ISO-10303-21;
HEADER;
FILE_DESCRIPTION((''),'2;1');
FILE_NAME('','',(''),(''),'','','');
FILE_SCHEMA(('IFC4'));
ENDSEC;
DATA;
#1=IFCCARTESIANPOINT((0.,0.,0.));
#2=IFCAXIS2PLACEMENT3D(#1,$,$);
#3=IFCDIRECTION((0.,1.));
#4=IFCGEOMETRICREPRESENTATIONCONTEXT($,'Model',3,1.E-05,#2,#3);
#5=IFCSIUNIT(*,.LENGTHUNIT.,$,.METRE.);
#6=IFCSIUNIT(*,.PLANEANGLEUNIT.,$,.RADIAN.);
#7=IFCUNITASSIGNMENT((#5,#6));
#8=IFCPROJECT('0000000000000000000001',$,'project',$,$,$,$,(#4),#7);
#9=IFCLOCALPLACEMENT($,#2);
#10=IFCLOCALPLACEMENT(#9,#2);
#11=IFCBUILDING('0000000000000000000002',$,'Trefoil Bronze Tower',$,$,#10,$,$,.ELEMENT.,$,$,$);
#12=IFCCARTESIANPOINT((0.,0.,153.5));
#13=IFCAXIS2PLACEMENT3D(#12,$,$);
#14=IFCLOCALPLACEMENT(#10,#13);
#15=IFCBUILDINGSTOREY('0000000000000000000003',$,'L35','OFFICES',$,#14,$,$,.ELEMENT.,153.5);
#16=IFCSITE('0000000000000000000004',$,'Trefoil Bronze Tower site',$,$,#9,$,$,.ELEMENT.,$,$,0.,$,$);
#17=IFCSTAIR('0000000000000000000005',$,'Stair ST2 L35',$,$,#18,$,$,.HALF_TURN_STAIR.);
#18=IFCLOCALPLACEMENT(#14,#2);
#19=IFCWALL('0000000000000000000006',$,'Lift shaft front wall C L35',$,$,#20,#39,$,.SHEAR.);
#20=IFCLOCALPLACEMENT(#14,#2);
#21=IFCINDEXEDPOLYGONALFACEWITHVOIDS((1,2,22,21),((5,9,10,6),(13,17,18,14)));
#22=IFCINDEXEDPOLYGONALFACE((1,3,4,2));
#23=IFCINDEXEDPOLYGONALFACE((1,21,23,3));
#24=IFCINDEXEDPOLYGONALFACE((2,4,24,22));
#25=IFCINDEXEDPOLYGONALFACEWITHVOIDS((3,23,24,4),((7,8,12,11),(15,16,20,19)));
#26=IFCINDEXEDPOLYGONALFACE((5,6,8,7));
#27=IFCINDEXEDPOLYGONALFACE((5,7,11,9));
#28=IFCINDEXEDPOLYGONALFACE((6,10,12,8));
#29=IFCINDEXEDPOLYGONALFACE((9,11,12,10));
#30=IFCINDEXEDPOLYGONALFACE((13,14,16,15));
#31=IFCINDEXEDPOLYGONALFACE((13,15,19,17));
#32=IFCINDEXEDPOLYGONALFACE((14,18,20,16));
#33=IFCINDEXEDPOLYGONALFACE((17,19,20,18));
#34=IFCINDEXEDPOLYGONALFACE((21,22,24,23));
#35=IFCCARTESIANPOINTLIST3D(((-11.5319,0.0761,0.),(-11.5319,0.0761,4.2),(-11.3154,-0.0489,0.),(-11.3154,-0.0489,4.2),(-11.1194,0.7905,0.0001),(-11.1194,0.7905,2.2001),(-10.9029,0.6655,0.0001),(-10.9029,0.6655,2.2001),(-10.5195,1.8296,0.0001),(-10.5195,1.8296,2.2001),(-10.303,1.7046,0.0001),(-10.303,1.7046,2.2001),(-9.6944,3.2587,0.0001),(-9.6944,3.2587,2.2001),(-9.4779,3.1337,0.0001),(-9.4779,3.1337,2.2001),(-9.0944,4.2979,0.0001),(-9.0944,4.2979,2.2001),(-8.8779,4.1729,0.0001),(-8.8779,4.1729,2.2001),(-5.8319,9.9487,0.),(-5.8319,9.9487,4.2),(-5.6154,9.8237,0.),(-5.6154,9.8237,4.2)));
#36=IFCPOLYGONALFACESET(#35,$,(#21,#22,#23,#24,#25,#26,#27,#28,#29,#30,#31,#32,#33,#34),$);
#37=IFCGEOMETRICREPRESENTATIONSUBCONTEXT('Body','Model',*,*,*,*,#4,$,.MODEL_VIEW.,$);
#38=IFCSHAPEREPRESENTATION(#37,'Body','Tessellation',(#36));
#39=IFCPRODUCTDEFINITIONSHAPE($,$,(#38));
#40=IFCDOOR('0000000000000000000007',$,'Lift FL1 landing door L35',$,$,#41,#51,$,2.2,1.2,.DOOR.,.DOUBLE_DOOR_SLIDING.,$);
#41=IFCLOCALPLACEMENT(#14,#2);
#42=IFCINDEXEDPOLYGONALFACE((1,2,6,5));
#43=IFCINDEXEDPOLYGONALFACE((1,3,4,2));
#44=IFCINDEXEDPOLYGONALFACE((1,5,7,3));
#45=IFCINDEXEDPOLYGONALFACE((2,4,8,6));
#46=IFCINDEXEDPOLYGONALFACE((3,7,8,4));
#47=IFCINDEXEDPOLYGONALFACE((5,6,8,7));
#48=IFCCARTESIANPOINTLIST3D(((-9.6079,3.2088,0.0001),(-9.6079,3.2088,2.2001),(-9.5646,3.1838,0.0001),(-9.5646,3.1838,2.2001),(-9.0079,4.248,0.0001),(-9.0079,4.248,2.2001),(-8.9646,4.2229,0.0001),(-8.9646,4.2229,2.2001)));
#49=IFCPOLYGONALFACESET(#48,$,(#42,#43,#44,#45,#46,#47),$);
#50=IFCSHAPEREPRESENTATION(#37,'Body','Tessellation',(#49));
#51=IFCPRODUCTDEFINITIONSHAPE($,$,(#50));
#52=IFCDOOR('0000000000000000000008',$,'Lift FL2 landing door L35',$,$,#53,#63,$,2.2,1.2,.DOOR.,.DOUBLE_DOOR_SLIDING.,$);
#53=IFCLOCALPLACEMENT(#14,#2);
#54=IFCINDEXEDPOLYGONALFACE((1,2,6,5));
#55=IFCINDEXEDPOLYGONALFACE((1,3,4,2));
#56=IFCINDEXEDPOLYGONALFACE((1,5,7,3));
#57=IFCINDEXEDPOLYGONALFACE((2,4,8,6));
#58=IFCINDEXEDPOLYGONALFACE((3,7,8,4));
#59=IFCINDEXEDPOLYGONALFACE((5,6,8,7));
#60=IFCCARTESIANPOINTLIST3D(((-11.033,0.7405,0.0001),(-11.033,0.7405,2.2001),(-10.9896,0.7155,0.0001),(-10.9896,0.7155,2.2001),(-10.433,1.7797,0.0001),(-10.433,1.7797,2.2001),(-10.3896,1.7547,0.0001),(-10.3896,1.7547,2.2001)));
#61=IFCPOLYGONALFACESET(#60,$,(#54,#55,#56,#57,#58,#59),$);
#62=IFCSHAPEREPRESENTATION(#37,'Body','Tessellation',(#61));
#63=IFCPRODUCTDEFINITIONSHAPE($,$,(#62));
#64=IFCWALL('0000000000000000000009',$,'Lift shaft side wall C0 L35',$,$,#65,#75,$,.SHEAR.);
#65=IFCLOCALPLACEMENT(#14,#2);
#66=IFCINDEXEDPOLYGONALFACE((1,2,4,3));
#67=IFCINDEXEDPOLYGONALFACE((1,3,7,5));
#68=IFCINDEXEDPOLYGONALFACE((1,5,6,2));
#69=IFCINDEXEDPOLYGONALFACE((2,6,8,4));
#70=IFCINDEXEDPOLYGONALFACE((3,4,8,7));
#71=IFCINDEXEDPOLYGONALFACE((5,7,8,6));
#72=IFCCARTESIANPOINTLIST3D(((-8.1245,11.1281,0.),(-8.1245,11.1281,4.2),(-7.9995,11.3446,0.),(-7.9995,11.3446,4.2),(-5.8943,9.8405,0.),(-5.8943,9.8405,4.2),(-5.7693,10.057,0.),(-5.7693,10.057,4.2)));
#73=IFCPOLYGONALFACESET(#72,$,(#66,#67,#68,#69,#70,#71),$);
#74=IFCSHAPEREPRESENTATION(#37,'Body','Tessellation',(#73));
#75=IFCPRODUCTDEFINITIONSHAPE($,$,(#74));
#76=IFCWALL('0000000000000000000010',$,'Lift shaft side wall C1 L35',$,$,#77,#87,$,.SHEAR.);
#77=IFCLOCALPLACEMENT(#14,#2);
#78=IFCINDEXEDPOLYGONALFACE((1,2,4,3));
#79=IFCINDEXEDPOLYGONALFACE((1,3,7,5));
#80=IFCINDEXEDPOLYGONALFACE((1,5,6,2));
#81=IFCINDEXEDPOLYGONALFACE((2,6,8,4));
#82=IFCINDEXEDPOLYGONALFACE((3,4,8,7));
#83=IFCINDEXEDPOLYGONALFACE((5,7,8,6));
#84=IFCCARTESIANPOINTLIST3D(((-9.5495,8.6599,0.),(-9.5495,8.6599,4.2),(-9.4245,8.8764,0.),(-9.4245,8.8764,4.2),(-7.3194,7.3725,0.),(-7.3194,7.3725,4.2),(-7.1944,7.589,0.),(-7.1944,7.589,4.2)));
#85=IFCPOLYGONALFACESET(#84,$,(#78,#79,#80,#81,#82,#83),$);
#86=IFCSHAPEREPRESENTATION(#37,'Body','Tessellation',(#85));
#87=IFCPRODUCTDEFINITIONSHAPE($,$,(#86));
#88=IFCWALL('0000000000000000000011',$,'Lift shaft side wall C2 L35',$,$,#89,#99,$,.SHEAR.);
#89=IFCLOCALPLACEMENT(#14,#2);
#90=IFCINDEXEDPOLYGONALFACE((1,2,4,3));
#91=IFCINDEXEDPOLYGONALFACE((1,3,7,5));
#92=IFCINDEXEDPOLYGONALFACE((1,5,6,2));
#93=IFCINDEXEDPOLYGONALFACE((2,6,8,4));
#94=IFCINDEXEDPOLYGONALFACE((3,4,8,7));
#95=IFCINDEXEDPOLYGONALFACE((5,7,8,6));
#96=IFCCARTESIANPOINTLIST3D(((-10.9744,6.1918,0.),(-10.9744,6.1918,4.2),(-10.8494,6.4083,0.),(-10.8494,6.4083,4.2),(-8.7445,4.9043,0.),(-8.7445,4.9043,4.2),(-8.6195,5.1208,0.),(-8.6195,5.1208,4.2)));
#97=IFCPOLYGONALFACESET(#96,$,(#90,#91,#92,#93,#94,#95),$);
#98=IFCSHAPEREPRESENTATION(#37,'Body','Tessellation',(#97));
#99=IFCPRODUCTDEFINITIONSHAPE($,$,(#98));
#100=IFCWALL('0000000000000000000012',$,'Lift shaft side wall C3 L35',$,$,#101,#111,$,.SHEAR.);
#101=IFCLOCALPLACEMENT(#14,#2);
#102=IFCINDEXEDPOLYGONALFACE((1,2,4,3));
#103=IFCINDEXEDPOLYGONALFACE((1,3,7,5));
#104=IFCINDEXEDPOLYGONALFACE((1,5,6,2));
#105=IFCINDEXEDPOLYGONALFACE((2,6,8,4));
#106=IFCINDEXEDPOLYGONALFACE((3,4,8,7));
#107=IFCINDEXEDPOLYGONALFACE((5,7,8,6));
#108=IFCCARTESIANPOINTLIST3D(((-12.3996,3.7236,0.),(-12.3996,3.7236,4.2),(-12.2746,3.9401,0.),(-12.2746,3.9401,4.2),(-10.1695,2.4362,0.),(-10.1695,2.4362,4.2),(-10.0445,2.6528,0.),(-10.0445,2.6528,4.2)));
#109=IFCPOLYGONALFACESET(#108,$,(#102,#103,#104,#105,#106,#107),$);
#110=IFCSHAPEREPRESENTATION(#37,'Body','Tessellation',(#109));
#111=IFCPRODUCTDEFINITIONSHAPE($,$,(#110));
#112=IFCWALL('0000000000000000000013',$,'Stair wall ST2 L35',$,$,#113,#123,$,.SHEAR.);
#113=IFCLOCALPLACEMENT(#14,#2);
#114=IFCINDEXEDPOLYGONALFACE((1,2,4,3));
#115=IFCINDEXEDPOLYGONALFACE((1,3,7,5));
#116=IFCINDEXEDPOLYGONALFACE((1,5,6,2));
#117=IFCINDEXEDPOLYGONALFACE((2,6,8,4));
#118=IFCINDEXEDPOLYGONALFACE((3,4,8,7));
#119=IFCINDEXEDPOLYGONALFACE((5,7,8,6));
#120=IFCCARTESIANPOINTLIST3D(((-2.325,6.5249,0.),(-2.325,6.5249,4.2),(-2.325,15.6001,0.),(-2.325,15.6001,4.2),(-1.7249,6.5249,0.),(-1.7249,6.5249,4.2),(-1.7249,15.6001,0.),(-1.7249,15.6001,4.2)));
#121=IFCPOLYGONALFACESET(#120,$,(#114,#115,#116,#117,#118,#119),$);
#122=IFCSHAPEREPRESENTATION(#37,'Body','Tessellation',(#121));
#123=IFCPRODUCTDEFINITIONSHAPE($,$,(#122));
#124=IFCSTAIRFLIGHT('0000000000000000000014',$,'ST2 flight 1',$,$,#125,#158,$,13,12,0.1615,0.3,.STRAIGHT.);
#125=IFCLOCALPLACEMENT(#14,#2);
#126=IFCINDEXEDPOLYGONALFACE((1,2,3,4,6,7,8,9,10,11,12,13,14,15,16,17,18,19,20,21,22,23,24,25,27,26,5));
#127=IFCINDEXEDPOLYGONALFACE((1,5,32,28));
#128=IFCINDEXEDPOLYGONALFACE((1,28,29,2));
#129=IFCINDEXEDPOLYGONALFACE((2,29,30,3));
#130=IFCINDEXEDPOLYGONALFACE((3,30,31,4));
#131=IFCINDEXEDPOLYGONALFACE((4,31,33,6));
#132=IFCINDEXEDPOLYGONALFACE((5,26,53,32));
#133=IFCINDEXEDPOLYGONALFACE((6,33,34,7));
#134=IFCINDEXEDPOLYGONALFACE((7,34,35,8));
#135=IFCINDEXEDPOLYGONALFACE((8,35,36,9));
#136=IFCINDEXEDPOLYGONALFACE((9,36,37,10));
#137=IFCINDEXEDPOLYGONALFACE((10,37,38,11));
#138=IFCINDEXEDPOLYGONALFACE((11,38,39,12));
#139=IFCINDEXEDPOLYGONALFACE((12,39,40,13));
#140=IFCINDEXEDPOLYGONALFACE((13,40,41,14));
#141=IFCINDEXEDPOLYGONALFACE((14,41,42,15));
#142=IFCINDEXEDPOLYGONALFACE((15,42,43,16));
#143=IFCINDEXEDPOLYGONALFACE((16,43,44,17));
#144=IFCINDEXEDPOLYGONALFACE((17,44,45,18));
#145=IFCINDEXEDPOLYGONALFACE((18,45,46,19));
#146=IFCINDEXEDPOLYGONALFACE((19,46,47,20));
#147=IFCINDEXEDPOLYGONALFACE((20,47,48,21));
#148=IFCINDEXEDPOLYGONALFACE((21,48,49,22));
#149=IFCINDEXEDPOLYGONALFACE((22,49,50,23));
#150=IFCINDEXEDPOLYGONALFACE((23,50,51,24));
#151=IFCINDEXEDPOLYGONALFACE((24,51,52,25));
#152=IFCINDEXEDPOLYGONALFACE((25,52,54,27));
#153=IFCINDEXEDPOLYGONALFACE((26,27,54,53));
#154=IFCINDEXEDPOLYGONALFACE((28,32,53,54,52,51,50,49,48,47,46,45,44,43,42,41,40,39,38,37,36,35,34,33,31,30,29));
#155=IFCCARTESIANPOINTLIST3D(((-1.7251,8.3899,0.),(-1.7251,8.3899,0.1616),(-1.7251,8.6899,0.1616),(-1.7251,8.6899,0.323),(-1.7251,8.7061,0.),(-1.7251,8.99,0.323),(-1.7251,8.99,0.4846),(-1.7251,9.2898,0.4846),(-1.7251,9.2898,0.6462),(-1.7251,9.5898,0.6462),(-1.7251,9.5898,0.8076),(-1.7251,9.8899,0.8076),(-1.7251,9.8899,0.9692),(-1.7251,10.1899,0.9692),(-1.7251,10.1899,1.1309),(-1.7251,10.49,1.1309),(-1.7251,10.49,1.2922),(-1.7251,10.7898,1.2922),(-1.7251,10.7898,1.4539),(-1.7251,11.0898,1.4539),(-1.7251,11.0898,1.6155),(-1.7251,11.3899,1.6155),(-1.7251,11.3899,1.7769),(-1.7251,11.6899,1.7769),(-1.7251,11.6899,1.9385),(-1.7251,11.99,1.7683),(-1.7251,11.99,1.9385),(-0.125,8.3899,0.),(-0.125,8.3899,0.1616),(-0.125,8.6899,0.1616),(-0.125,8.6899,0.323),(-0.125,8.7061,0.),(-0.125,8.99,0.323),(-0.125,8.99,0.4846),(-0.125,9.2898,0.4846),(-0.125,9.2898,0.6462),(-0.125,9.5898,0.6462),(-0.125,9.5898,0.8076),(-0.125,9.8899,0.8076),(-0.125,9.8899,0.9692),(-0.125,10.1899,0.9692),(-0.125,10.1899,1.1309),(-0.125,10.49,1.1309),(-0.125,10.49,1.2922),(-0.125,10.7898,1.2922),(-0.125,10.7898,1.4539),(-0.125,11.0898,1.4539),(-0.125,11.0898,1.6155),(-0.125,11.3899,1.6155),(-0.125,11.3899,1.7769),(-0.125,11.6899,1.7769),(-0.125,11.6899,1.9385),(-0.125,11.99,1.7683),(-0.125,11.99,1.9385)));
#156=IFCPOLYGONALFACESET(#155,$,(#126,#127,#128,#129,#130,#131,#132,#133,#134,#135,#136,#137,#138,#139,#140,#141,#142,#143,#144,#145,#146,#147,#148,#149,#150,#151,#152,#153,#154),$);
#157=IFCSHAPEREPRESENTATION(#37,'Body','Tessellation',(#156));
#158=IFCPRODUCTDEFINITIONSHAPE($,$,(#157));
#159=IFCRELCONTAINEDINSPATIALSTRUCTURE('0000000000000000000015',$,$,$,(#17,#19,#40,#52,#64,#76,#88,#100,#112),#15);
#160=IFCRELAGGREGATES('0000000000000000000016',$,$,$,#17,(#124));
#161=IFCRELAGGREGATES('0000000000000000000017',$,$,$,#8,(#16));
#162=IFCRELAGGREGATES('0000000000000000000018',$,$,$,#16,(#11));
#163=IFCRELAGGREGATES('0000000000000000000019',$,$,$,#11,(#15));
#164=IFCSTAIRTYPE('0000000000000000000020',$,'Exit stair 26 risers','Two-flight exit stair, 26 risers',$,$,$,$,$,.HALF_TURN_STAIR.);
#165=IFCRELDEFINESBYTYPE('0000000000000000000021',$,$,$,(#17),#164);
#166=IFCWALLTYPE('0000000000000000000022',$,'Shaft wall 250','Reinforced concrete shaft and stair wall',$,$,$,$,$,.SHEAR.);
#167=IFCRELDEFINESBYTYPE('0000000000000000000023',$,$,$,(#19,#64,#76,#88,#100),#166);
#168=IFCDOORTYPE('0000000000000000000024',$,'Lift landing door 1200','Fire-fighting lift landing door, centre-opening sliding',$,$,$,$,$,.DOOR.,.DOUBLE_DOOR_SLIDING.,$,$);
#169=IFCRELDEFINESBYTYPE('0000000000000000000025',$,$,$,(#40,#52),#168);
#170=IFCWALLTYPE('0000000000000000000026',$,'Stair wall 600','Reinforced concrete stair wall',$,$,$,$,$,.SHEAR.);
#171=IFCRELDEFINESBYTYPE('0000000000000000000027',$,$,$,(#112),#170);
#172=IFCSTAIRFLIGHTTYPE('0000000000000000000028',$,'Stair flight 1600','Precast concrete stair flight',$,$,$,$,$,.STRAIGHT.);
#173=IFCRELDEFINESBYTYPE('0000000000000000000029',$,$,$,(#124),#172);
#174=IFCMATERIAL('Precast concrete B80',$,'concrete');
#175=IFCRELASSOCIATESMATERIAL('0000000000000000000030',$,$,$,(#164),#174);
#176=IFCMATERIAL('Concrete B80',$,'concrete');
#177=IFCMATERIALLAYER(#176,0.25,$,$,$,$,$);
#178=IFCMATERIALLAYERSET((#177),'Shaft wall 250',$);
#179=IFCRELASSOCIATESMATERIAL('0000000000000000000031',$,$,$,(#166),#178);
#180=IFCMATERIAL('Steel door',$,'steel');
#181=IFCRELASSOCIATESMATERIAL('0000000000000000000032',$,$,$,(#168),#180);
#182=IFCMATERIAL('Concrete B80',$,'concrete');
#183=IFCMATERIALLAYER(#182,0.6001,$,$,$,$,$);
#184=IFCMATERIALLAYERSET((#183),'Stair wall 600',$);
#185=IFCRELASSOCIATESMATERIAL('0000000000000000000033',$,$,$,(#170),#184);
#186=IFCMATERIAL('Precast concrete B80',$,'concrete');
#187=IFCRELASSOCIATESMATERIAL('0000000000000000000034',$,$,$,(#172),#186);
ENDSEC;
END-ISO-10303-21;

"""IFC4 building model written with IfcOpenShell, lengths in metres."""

from ifc_helpers import new_model, si_unit, direction, frame, frame_2d, origin, place, context, subcontext, project, spatial, polyline, rectangle, outline, extrude, material, layer, layer_set, type_object, element, fill, aggregate, save


model = new_model("IFC4")

# Units and contexts
model_context = context("Model", 3, precision=1e-05, world=origin(), true_north=direction((0.0, 1.0)))
body_context = subcontext(model_context, "Body", "Model", "MODEL_VIEW")
ifc_project = project(units=[si_unit("LENGTHUNIT", "METRE"), si_unit("PLANEANGLEUNIT", "RADIAN")], contexts=[model_context])

# Site, building, storey
site_placement = place(None, origin())
site = spatial("IfcSite", under=ifc_project, at=site_placement, Name="Trefoil Bronze Tower site", CompositionType="ELEMENT", RefElevation=0.0)
building_placement = place(site_placement, origin())
building = spatial("IfcBuilding", under=site, at=building_placement, Name="Trefoil Bronze Tower", CompositionType="ELEMENT")
storey_placement = place(building_placement, frame((0.0, 0.0, 153.5)))
storey = spatial("IfcBuildingStorey", under=building, at=storey_placement, Name="L35", Description="OFFICES", CompositionType="ELEMENT", Elevation=153.5)

# Stair
ifc_material_1 = material(Name="Precast concrete B80", Category="concrete")
stair_type = type_object("IfcStairType", Name="Exit stair 26 risers", Description="Two-flight exit stair, 26 risers", PredefinedType="HALF_TURN_STAIR", material=ifc_material_1)
stair_1_placement = place(storey_placement, origin())
stair_1 = element("IfcStair", 1, at=stair_1_placement, inside=storey, type_object=stair_type, Name="Stair ST2 L35", PredefinedType="HALF_TURN_STAIR")

# Wall, openings, doors
ifc_material_2 = material(Name="Concrete B80", Category="concrete")
ifc_layer_1 = layer(ifc_material_2, 0.25)
ifc_layer_set_1 = layer_set([ifc_layer_1], Name="Shaft wall 250")
wall_type_1 = type_object("IfcWallType", Name="Shaft wall 250", Description="Reinforced concrete shaft and stair wall", PredefinedType="SHEAR", material=ifc_layer_set_1)
wall_1_placement = place(storey_placement, frame((-5.7236, 9.8862, 0.0), z_axis=(0.0, 0.0, 1.0), x_axis=(-0.500002, -0.866024, 0.0)))
wall_1 = element("IfcWall", 2, at=wall_1_placement, inside=storey, type_object=wall_type_1, Name="Lift shaft front wall C L35", PredefinedType="SHEAR", context=body_context, shape_type="SweptSolid", body=[
    extrude(rectangle(XDim=11.3999, YDim=0.25, at=frame_2d((5.7, 0.0))), origin(), (0.0, 0.0, 1.0), 4.2),
])
opening_1_placement = place(wall_1_placement, frame((6.5249, 0.0, 0.0)))
opening_1 = element("IfcOpeningElement", 3, at=opening_1_placement, cuts=wall_1, PredefinedType="OPENING", context=body_context, shape_type="SweptSolid", body=[
    extrude(rectangle(XDim=1.2, YDim=2.2, at=frame_2d((0.6001, 1.1001))), frame((0.0, 0.135, 0.0), z_axis=(0.0, -1.0, 0.0), x_axis=(1.0, 0.0, 0.0)), (0.0, 0.0, 1.0), 0.27),
])
opening_2_placement = place(wall_1_placement, frame((9.375, 0.0, 0.0)))
opening_2 = element("IfcOpeningElement", 4, at=opening_2_placement, cuts=wall_1, PredefinedType="OPENING", context=body_context, shape_type="SweptSolid", body=[
    extrude(rectangle(XDim=1.2, YDim=2.2, at=frame_2d((0.6001, 1.1001))), frame((0.0, 0.135, 0.0), z_axis=(0.0, -1.0, 0.0), x_axis=(1.0, 0.0, 0.0)), (0.0, 0.0, 1.0), 0.27),
])
ifc_material_3 = material(Name="Steel door", Category="steel")
door_type_1 = type_object("IfcDoorType", Name="Lift landing door 1200", Description="Fire-fighting lift landing door, centre-opening sliding", OperationType="DOUBLE_DOOR_SLIDING", PredefinedType="DOOR", material=ifc_material_3)
door_1_placement = place(opening_1_placement, origin())
door_1 = element("IfcDoor", 5, at=door_1_placement, inside=storey, type_object=door_type_1, Name="Lift FL1 landing door L35", OperationType="DOUBLE_DOOR_SLIDING", OverallHeight=2.2, OverallWidth=1.2, PredefinedType="DOOR", context=body_context, shape_type="SweptSolid", body=[
    extrude(rectangle(XDim=1.2, YDim=2.2, at=frame_2d((0.6001, 1.1001))), frame((0.0, 0.0249, 0.0), z_axis=(0.0, -1.0, 0.0), x_axis=(1.0, 0.0, 0.0)), (0.0, 0.0, 1.0), 0.05),
])
fill(opening_1, door_1)
door_2_placement = place(opening_2_placement, origin())
door_2 = element("IfcDoor", 6, at=door_2_placement, inside=storey, type_object=door_type_1, Name="Lift FL2 landing door L35", OperationType="DOUBLE_DOOR_SLIDING", OverallHeight=2.2, OverallWidth=1.2, PredefinedType="DOOR", context=body_context, shape_type="SweptSolid", body=[
    extrude(rectangle(XDim=1.2, YDim=2.2, at=frame_2d((0.6001, 1.1001))), frame((0.0, 0.0249, 0.0), z_axis=(0.0, -1.0, 0.0), x_axis=(1.0, 0.0, 0.0)), (0.0, 0.0, 1.0), 0.05),
])
fill(opening_2, door_2)

# Walls
wall_2_placement = place(storey_placement, frame((-5.8318, 9.9487, 0.0), z_axis=(0.0, 0.0, 1.0), x_axis=(-0.866029, 0.499993, 0.0)))
element("IfcWall", 7, at=wall_2_placement, inside=storey, type_object=wall_type_1, Name="Lift shaft side wall C0 L35", PredefinedType="SHEAR", context=body_context, shape_type="SweptSolid", body=[
    extrude(rectangle(XDim=2.5752, YDim=0.25, at=frame_2d((1.2876, 0.0))), origin(), (0.0, 0.0, 1.0), 4.2),
])
for number, where, z_axis, x_axis, name in (
    (8, (-7.2568, 7.4807, 0.0), (0.0, 0.0, 1.0), (-0.866047, 0.499963, 0.0), "Lift shaft side wall C1 L35"),
    (9, (-8.6819, 5.0125, 0.0), (0.0, 0.0, 1.0), (-0.866006, 0.500034, 0.0), "Lift shaft side wall C2 L35"),
    (10, (-10.1069, 2.5444, 0.0), (0.0, 0.0, 1.0), (-0.866047, 0.499963, 0.0), "Lift shaft side wall C3 L35"),
):
    element("IfcWall", number, at=place(storey_placement, frame(where, z_axis=z_axis, x_axis=x_axis)), inside=storey, type_object=wall_type_1, Name=name, PredefinedType="SHEAR", context=body_context, shape_type="SweptSolid", body=[
        extrude(rectangle(XDim=2.575, YDim=0.25, at=frame_2d((1.2876, 0.0))), origin(), (0.0, 0.0, 1.0), 4.2),
    ])
ifc_material_4 = material(Name="Concrete B80", Category="concrete")
ifc_layer_2 = layer(ifc_material_4, 0.6001)
ifc_layer_set_2 = layer_set([ifc_layer_2], Name="Stair wall 600")
wall_type_2 = type_object("IfcWallType", Name="Stair wall 600", Description="Reinforced concrete stair wall", PredefinedType="SHEAR", material=ifc_layer_set_2)
wall_3_placement = place(storey_placement, frame((-2.0249, 6.5249, 0.0), z_axis=(0.0, 0.0, 1.0), x_axis=(0.0, 1.0, 0.0)))
element("IfcWall", 11, at=wall_3_placement, inside=storey, type_object=wall_type_2, Name="Stair wall ST2 L35", PredefinedType="SHEAR", context=body_context, shape_type="SweptSolid", body=[
    extrude(rectangle(XDim=9.0752, YDim=0.6001, at=frame_2d((4.5376, 0.0))), origin(), (0.0, 0.0, 1.0), 4.2),
])

# Stair flight
ifc_material_5 = material(Name="Precast concrete B80", Category="concrete")
stair_flight_type = type_object("IfcStairFlightType", Name="Stair flight 1600", Description="Precast concrete stair flight", PredefinedType="STRAIGHT", material=ifc_material_5)
stair_flight_placement = place(storey_placement, frame((-0.925, 8.3899, 0.0), z_axis=(0.0, 0.0, 1.0), x_axis=(0.0, 1.0, 0.0)))
stair_flight = element("IfcStairFlight", 12, at=stair_flight_placement, type_object=stair_flight_type, Name="ST2 flight 1", NumberOfRisers=13, NumberOfTreads=12, PredefinedType="STRAIGHT", RiserHeight=0.1615, TreadLength=0.3, context=body_context, shape_type="SweptSolid", body=[
    extrude(outline(polyline([(0.0, 0.0), (0.0, 0.1616), (0.3, 0.1616), (0.3, 0.323), (0.6001, 0.323), (0.6001, 0.4846), (0.8999, 0.4846), (0.8999, 0.6462), (1.2, 0.6462), (1.2, 0.8076), (1.5, 0.8076), (1.5, 0.9692), (1.8, 0.9692), (1.8, 1.1309), (2.1001, 1.1309), (2.1001, 1.2922), (2.3999, 1.2922), (2.3999, 1.4539), (2.7, 1.4539), (2.7, 1.6155), (3.0, 1.6155), (3.0, 1.7769), (3.3, 1.7769), (3.3, 1.9385), (3.6001, 1.9385), (3.6001, 2.1001), (3.6001, 1.7683), (0.3162, 0.0), (0.0, 0.0)])), frame((0.0, 0.8, 0.0), z_axis=(0.0, -1.0, 0.0), x_axis=(1.0, 0.0, 0.0)), (0.0, 0.0, 1.0), 1.6001),
])
aggregate(stair_1, [stair_flight])

save(model, "model.ifc")
